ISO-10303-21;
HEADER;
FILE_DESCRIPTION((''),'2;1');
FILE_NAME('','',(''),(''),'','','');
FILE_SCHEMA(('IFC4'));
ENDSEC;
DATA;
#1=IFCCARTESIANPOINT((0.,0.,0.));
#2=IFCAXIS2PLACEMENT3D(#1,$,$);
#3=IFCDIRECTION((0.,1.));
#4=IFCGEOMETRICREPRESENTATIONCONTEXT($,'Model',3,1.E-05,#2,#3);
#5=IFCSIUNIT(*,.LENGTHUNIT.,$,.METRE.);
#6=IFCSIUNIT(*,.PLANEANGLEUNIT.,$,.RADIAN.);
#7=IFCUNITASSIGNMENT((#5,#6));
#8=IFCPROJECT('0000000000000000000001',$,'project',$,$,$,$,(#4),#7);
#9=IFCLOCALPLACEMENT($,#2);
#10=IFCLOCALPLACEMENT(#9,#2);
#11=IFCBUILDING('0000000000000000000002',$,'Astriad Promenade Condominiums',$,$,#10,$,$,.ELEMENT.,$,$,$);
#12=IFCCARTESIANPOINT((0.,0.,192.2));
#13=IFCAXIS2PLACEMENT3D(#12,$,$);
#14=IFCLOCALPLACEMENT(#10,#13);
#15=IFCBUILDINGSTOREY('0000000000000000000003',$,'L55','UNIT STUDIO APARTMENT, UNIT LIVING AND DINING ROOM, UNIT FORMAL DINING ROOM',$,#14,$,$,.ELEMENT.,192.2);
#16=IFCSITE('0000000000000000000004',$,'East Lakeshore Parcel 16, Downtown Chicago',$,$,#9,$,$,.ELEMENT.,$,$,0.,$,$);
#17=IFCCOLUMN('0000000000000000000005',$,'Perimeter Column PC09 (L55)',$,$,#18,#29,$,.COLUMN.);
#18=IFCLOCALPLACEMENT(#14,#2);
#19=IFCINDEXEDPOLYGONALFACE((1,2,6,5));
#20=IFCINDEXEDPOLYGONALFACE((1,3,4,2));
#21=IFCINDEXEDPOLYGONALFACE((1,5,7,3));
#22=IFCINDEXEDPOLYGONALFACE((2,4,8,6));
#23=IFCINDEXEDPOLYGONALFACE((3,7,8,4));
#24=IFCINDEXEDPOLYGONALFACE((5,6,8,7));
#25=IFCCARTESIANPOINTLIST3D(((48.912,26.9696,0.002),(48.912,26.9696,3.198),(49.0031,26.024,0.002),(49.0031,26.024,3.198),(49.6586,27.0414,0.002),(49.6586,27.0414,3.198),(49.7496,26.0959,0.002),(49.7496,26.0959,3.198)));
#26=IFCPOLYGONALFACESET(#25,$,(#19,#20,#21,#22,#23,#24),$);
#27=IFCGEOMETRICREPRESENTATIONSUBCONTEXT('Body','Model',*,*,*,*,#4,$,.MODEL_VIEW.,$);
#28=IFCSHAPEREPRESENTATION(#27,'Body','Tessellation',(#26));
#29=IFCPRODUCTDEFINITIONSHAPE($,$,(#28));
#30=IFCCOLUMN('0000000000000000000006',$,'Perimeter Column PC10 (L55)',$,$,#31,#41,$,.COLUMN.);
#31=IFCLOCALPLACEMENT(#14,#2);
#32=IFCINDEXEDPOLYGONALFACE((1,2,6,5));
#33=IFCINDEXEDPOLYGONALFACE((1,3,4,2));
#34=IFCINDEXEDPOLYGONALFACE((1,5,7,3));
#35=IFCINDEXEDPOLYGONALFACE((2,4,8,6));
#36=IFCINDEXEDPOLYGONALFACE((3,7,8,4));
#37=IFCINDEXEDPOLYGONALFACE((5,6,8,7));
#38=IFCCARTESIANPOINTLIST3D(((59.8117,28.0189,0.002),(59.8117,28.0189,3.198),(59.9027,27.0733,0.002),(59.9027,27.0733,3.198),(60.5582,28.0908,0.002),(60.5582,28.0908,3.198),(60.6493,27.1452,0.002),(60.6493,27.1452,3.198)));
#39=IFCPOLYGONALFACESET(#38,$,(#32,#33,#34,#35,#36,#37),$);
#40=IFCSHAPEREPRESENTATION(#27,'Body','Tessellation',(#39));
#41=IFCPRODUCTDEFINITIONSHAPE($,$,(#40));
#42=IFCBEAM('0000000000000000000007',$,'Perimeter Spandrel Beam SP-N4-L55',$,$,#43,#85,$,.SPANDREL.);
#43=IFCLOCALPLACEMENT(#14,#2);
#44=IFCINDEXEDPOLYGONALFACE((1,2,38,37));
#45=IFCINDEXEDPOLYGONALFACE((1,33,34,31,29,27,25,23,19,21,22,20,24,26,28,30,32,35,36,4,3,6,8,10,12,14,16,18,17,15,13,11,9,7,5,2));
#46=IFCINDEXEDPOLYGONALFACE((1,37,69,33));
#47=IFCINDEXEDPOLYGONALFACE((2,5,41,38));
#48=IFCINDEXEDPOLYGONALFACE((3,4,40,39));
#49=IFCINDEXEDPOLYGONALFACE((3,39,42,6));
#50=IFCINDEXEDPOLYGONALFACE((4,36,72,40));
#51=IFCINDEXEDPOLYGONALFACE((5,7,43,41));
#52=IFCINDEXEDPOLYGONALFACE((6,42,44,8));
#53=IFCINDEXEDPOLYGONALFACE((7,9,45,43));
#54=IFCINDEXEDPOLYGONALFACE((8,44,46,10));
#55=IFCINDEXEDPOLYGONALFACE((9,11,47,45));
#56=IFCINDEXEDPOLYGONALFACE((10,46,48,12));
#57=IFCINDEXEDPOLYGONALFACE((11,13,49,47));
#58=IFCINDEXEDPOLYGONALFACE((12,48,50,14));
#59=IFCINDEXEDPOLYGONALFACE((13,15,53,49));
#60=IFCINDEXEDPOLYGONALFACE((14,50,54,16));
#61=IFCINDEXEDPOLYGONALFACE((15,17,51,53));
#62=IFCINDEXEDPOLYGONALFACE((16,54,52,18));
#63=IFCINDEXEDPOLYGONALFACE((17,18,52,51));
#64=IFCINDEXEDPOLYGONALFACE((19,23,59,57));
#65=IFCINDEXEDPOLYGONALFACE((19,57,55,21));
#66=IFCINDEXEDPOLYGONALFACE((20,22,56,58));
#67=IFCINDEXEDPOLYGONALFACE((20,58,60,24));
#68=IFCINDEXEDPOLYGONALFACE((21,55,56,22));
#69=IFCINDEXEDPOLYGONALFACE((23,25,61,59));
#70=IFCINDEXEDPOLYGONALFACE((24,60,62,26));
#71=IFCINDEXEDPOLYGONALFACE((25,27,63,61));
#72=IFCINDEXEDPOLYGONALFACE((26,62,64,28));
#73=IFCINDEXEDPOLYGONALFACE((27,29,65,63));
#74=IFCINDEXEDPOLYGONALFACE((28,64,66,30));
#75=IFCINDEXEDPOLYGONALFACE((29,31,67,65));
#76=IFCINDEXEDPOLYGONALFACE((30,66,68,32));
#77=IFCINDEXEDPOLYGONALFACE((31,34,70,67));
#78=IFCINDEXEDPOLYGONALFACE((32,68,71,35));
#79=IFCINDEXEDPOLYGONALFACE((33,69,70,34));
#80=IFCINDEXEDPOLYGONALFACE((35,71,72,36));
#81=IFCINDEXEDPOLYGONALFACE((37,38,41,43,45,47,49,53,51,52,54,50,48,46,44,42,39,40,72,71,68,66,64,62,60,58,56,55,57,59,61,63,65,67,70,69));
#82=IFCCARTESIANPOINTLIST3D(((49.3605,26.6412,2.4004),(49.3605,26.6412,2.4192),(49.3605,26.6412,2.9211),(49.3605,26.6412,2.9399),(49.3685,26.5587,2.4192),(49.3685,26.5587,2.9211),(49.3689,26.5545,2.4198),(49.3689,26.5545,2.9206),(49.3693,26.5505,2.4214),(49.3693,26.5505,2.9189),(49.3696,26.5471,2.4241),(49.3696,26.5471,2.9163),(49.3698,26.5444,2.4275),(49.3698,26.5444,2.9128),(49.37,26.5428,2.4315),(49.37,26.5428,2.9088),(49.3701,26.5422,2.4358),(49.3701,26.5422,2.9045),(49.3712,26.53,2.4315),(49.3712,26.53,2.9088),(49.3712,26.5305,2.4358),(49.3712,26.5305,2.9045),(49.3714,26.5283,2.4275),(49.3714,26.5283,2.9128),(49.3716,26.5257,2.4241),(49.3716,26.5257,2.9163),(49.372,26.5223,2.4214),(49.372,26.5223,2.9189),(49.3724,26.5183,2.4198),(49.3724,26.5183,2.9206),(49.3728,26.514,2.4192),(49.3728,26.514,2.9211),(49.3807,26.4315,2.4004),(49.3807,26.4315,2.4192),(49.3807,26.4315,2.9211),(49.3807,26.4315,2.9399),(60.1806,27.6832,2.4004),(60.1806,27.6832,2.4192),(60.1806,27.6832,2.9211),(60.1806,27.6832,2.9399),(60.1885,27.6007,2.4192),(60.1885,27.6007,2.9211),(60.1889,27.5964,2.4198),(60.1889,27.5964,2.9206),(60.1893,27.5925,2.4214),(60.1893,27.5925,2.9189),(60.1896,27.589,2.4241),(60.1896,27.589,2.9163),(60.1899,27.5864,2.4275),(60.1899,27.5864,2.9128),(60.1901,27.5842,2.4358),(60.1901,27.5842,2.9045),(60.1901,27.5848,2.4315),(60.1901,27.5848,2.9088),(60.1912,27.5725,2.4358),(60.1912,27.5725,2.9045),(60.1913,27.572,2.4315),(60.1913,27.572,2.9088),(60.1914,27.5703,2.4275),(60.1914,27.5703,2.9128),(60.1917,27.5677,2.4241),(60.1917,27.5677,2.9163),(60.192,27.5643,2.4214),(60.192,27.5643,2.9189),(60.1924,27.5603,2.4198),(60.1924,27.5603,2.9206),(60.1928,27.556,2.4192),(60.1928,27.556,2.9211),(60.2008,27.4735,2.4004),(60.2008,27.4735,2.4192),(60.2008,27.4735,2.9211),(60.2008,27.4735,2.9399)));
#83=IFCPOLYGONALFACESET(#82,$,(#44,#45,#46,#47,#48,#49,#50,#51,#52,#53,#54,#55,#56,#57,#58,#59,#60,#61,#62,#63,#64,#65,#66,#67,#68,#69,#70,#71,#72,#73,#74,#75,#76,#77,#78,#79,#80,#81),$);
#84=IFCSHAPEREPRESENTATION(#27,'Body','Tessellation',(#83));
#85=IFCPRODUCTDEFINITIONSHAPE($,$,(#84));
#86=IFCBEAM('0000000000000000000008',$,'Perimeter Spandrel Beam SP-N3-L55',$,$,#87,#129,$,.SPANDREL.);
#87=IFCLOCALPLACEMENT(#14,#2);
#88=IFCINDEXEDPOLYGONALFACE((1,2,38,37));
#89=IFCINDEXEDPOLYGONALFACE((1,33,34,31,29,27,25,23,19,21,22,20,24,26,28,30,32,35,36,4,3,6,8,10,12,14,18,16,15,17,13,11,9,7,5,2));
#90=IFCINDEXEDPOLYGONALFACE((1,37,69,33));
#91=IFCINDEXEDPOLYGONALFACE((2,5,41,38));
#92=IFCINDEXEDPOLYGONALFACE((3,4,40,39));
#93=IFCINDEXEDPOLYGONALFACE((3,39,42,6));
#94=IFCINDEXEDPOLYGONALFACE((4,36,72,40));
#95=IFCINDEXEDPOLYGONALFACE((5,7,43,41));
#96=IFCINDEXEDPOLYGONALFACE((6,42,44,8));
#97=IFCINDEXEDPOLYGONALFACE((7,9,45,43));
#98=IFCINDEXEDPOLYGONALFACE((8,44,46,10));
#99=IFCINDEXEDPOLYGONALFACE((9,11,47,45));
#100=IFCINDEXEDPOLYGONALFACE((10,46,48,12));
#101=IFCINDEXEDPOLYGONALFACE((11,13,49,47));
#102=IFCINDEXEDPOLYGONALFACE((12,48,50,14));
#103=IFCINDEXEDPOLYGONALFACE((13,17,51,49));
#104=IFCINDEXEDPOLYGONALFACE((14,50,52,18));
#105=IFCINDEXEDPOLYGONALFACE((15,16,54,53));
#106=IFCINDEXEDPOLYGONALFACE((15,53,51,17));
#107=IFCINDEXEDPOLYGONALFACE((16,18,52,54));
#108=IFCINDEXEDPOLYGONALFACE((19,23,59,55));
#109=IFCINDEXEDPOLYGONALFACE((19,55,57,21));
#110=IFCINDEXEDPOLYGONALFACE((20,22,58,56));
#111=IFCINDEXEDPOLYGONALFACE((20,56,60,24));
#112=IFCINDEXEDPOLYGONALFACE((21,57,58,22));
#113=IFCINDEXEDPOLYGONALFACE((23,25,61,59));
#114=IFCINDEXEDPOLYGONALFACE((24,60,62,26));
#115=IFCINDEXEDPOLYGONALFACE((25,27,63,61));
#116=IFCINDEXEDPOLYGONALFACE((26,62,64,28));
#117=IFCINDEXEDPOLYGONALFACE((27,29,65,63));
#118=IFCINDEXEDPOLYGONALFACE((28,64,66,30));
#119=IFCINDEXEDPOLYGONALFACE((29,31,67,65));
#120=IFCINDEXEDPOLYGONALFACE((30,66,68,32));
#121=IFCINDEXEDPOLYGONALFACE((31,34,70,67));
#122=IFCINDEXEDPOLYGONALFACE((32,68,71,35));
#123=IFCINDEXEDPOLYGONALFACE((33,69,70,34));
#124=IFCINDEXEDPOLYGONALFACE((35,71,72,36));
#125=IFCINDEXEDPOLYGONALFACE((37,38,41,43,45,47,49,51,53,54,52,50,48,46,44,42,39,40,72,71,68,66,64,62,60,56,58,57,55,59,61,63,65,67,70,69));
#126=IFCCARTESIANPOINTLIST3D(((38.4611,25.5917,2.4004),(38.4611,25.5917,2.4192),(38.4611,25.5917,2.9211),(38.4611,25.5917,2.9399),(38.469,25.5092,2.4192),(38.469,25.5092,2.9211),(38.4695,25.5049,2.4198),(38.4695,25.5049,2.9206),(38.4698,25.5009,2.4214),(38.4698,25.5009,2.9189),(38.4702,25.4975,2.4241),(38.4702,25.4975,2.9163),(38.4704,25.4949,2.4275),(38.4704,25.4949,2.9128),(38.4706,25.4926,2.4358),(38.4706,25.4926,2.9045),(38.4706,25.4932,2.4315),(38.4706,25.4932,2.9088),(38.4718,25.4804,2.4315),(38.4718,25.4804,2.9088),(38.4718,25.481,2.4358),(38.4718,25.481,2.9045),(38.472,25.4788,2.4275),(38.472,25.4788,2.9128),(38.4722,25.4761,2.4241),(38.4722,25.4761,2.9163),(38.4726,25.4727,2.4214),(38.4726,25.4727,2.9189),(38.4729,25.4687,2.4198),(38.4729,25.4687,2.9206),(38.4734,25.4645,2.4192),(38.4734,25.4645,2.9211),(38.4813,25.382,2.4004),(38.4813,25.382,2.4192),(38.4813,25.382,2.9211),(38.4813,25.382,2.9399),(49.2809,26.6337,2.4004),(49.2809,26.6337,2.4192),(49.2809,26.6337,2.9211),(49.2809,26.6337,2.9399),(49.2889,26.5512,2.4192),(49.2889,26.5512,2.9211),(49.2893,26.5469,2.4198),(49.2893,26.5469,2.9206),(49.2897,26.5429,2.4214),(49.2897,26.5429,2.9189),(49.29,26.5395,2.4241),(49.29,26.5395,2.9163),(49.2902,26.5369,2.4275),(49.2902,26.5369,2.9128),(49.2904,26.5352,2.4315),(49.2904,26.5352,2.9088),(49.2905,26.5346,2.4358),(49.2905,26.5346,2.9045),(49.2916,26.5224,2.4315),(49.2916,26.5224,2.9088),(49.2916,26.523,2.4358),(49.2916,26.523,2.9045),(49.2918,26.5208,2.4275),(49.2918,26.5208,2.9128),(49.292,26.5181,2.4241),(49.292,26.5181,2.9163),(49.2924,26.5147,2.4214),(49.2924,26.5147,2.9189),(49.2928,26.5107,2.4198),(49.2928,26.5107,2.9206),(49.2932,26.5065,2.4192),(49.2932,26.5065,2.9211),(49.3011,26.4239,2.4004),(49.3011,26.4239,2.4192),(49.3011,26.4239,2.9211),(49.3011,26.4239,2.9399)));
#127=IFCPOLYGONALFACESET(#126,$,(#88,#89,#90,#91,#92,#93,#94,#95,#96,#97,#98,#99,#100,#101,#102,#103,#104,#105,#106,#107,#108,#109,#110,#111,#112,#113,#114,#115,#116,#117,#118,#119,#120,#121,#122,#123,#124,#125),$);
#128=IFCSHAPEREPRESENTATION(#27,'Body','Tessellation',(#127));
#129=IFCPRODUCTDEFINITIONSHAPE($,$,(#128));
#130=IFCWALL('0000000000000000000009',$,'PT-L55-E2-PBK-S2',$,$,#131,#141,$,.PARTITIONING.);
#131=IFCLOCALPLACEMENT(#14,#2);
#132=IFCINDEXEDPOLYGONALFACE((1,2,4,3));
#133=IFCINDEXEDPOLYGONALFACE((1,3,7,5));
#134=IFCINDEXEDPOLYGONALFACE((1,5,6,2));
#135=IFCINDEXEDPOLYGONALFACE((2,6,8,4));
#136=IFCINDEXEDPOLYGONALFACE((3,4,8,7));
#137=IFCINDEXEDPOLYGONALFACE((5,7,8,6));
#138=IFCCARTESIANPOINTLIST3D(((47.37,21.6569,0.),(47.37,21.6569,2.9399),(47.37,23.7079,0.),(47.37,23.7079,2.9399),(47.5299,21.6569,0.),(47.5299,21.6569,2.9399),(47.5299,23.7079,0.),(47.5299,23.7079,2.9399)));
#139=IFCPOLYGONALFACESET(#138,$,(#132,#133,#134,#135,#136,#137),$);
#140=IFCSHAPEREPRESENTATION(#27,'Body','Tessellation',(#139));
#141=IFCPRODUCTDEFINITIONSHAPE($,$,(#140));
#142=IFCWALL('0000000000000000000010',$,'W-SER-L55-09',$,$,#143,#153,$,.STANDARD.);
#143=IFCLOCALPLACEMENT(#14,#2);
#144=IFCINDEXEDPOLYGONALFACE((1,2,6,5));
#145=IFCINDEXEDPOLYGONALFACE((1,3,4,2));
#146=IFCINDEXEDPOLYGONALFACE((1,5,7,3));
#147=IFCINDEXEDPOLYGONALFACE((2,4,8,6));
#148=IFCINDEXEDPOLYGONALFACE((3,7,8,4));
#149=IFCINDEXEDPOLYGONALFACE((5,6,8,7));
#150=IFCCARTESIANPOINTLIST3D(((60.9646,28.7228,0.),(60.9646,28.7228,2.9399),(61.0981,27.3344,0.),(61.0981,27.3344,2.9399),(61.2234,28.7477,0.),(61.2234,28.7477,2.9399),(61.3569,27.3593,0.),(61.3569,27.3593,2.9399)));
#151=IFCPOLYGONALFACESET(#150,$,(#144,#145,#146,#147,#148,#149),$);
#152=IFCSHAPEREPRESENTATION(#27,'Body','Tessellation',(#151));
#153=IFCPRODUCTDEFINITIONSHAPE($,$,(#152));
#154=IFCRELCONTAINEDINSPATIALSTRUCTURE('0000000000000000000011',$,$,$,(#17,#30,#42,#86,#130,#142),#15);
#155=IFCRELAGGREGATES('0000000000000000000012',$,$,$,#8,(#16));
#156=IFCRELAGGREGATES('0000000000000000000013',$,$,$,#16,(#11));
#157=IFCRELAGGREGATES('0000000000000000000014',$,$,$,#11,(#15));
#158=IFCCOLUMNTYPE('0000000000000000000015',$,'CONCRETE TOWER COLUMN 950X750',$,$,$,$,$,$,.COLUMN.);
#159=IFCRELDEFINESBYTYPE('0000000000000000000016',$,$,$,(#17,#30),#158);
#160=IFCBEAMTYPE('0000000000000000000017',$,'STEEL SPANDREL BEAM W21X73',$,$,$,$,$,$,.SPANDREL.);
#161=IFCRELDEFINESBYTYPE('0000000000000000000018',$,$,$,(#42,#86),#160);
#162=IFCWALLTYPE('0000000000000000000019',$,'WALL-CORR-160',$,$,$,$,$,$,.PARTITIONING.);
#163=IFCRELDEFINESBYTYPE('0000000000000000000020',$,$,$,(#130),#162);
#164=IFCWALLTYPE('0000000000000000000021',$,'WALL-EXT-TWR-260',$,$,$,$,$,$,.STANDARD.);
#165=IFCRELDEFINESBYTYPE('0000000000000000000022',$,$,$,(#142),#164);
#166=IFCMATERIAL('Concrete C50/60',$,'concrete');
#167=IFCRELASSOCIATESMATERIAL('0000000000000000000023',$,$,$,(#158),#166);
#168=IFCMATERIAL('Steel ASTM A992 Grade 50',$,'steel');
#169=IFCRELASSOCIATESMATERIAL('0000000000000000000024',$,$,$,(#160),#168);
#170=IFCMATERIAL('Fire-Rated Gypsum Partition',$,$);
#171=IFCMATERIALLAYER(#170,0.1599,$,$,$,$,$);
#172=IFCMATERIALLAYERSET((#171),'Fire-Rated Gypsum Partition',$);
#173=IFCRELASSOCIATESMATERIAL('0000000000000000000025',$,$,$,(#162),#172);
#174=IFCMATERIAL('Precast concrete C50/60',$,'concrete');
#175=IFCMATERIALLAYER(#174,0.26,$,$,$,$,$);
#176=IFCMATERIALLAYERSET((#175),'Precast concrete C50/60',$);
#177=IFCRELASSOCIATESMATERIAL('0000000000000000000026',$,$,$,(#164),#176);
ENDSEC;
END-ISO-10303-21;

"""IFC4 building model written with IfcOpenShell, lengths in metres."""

from ifc_helpers import new_model, si_unit, direction, frame, frame_2d, origin, origin_2d, place, context, subcontext, project, spatial, rectangle, i_section, extrude, source, transform, mapped, material, layer, layer_set, material_profile, profile_set, type_object, type_shapes, element, save


model = new_model("IFC4")

# Units and contexts
model_context = context("Model", 3, precision=1e-05, world=origin(), true_north=direction((0.0, 1.0)))
body_context = subcontext(model_context, "Body", "Model", "MODEL_VIEW")
ifc_project = project(units=[si_unit("LENGTHUNIT", "METRE"), si_unit("PLANEANGLEUNIT", "RADIAN")], contexts=[model_context])

# Site, building, storey
site_placement = place(None, origin())
site = spatial("IfcSite", under=ifc_project, at=site_placement, Name="East Lakeshore Parcel 16, Downtown Chicago", CompositionType="ELEMENT", RefElevation=0.0)
building_placement = place(site_placement, origin())
building = spatial("IfcBuilding", under=site, at=building_placement, Name="Astriad Promenade Condominiums", CompositionType="ELEMENT")
storey_placement = place(building_placement, frame((0.0, 0.0, 192.2)))
storey = spatial("IfcBuildingStorey", under=building, at=storey_placement, Name="L55", Description="UNIT STUDIO APARTMENT, UNIT LIVING AND DINING ROOM, UNIT FORMAL DINING ROOM", CompositionType="ELEMENT", Elevation=192.2)

# Columns
ifc_material_1 = material(Name="Concrete C50/60", Category="concrete")
ifc_material_profile_1 = material_profile(ifc_material_1, rectangle(XDim=0.75, YDim=0.95, at=origin_2d()), Name="RC-COL-950X750")
ifc_profile_set_1 = profile_set([ifc_material_profile_1], Name="Concrete C50/60")
column_type = type_object("IfcColumnType", Name="CONCRETE TOWER COLUMN 950X750", PredefinedType="COLUMN", material=ifc_profile_set_1)
shared_shape_1 = source(origin(), body_context, "Body", "SweptSolid", [
    extrude(rectangle(XDim=0.75, YDim=0.95, at=origin_2d()), origin(), (0.0, 0.0, 1.0), 3.196),
])
type_shapes(column_type, [shared_shape_1])
for number, where, z_axis, x_axis, name in (
    (1, (49.3308, 26.5327, 0.002), (0.0, 0.0, 1.0), (0.995396, 0.095846, 0.0), "Perimeter Column PC09 (L55)"),
    (2, (60.2305, 27.582, 0.002), (0.0, 0.0, 1.0), (0.995396, 0.095846, 0.0), "Perimeter Column PC10 (L55)"),
):
    element("IfcColumn", number, at=place(storey_placement, frame(where, z_axis=z_axis, x_axis=x_axis)), inside=storey, type_object=column_type, Name=name, PredefinedType="COLUMN", context=body_context, shape_type="MappedRepresentation", body=[
        mapped(shared_shape_1, transform((0.0, 0.0, 0.0), scale=1.0)),
    ])

# Beams
ifc_material_2 = material(Name="Steel ASTM A992 Grade 50", Category="steel")
ifc_material_profile_2 = material_profile(ifc_material_2, i_section(OverallWidth=0.2107, OverallDepth=0.5396, WebThickness=0.0117, FlangeThickness=0.0188, FilletRadius=0.0166, at=origin_2d()), Name="W21X73")
ifc_profile_set_2 = profile_set([ifc_material_profile_2], Name="Steel ASTM A992 Grade 50")
beam_type = type_object("IfcBeamType", Name="STEEL SPANDREL BEAM W21X73", PredefinedType="SPANDREL", material=ifc_profile_set_2)
shared_shape_2 = source(origin(), body_context, "Body", "SweptSolid", [
    extrude(i_section(OverallWidth=0.2107, OverallDepth=0.5396, WebThickness=0.0117, FlangeThickness=0.0188, FilletRadius=0.0166, at=origin_2d()), origin(), (0.0, 0.0, 1.0), 10.8701),
])
beam_1_placement = place(storey_placement, frame((60.1907, 27.5784, 2.6702), z_axis=(-0.995395, -0.095858, 0.0), x_axis=(0.095858, -0.995395, 0.0)))
element("IfcBeam", 3, at=beam_1_placement, inside=storey, type_object=beam_type, Name="Perimeter Spandrel Beam SP-N4-L55", PredefinedType="SPANDREL", context=body_context, shape_type="MappedRepresentation", body=[
    mapped(shared_shape_2, transform((0.0, 0.0, 0.0), scale=1.0)),
])
shared_shape_3 = source(origin(), body_context, "Body", "SweptSolid", [
    extrude(i_section(OverallWidth=0.2107, OverallDepth=0.5396, WebThickness=0.0117, FlangeThickness=0.0188, FilletRadius=0.0166, at=origin_2d()), origin(), (0.0, 0.0, 1.0), 10.8699),
])
type_shapes(beam_type, [shared_shape_2, shared_shape_3])
beam_2_placement = place(storey_placement, frame((49.291, 26.5288, 2.6702), z_axis=(-0.995395, -0.09586, 0.0), x_axis=(0.09586, -0.995395, 0.0)))
element("IfcBeam", 4, at=beam_2_placement, inside=storey, type_object=beam_type, Name="Perimeter Spandrel Beam SP-N3-L55", PredefinedType="SPANDREL", context=body_context, shape_type="MappedRepresentation", body=[
    mapped(shared_shape_3, transform((0.0, 0.0, 0.0), scale=1.0)),
])

# Walls
ifc_material_3 = material(Name="Fire-Rated Gypsum Partition")
ifc_layer_1 = layer(ifc_material_3, 0.1599)
ifc_layer_set_1 = layer_set([ifc_layer_1], Name="Fire-Rated Gypsum Partition")
wall_type_1 = type_object("IfcWallType", Name="WALL-CORR-160", PredefinedType="PARTITIONING", material=ifc_layer_set_1)
wall_1_placement = place(storey_placement, frame((47.45, 21.657, 0.0), z_axis=(0.0, 0.0, 1.0), x_axis=(0.0, 1.0, 0.0)))
element("IfcWall", 5, at=wall_1_placement, inside=storey, type_object=wall_type_1, Name="PT-L55-E2-PBK-S2", PredefinedType="PARTITIONING", context=body_context, shape_type="SweptSolid", body=[
    extrude(rectangle(XDim=2.051, YDim=0.1599, at=frame_2d((1.0254, 0.0))), origin(), (0.0, 0.0, 1.0), 2.9399),
])
ifc_material_4 = material(Name="Precast concrete C50/60", Category="concrete")
ifc_layer_2 = layer(ifc_material_4, 0.26)
ifc_layer_set_2 = layer_set([ifc_layer_2], Name="Precast concrete C50/60")
wall_type_2 = type_object("IfcWallType", Name="WALL-EXT-TWR-260", PredefinedType="STANDARD", material=ifc_layer_set_2)
wall_2_placement = place(storey_placement, frame((61.094, 28.7351, 0.0), z_axis=(0.0, 0.0, 1.0), x_axis=(0.095742, -0.995406, 0.0)))
element("IfcWall", 6, at=wall_2_placement, inside=storey, type_object=wall_type_2, Name="W-SER-L55-09", PredefinedType="STANDARD", context=body_context, shape_type="SweptSolid", body=[
    extrude(rectangle(XDim=1.3948, YDim=0.26, at=frame_2d((0.6973, 0.0))), origin(), (0.0, 0.0, 1.0), 2.9399),
])

save(model, "model.ifc")
